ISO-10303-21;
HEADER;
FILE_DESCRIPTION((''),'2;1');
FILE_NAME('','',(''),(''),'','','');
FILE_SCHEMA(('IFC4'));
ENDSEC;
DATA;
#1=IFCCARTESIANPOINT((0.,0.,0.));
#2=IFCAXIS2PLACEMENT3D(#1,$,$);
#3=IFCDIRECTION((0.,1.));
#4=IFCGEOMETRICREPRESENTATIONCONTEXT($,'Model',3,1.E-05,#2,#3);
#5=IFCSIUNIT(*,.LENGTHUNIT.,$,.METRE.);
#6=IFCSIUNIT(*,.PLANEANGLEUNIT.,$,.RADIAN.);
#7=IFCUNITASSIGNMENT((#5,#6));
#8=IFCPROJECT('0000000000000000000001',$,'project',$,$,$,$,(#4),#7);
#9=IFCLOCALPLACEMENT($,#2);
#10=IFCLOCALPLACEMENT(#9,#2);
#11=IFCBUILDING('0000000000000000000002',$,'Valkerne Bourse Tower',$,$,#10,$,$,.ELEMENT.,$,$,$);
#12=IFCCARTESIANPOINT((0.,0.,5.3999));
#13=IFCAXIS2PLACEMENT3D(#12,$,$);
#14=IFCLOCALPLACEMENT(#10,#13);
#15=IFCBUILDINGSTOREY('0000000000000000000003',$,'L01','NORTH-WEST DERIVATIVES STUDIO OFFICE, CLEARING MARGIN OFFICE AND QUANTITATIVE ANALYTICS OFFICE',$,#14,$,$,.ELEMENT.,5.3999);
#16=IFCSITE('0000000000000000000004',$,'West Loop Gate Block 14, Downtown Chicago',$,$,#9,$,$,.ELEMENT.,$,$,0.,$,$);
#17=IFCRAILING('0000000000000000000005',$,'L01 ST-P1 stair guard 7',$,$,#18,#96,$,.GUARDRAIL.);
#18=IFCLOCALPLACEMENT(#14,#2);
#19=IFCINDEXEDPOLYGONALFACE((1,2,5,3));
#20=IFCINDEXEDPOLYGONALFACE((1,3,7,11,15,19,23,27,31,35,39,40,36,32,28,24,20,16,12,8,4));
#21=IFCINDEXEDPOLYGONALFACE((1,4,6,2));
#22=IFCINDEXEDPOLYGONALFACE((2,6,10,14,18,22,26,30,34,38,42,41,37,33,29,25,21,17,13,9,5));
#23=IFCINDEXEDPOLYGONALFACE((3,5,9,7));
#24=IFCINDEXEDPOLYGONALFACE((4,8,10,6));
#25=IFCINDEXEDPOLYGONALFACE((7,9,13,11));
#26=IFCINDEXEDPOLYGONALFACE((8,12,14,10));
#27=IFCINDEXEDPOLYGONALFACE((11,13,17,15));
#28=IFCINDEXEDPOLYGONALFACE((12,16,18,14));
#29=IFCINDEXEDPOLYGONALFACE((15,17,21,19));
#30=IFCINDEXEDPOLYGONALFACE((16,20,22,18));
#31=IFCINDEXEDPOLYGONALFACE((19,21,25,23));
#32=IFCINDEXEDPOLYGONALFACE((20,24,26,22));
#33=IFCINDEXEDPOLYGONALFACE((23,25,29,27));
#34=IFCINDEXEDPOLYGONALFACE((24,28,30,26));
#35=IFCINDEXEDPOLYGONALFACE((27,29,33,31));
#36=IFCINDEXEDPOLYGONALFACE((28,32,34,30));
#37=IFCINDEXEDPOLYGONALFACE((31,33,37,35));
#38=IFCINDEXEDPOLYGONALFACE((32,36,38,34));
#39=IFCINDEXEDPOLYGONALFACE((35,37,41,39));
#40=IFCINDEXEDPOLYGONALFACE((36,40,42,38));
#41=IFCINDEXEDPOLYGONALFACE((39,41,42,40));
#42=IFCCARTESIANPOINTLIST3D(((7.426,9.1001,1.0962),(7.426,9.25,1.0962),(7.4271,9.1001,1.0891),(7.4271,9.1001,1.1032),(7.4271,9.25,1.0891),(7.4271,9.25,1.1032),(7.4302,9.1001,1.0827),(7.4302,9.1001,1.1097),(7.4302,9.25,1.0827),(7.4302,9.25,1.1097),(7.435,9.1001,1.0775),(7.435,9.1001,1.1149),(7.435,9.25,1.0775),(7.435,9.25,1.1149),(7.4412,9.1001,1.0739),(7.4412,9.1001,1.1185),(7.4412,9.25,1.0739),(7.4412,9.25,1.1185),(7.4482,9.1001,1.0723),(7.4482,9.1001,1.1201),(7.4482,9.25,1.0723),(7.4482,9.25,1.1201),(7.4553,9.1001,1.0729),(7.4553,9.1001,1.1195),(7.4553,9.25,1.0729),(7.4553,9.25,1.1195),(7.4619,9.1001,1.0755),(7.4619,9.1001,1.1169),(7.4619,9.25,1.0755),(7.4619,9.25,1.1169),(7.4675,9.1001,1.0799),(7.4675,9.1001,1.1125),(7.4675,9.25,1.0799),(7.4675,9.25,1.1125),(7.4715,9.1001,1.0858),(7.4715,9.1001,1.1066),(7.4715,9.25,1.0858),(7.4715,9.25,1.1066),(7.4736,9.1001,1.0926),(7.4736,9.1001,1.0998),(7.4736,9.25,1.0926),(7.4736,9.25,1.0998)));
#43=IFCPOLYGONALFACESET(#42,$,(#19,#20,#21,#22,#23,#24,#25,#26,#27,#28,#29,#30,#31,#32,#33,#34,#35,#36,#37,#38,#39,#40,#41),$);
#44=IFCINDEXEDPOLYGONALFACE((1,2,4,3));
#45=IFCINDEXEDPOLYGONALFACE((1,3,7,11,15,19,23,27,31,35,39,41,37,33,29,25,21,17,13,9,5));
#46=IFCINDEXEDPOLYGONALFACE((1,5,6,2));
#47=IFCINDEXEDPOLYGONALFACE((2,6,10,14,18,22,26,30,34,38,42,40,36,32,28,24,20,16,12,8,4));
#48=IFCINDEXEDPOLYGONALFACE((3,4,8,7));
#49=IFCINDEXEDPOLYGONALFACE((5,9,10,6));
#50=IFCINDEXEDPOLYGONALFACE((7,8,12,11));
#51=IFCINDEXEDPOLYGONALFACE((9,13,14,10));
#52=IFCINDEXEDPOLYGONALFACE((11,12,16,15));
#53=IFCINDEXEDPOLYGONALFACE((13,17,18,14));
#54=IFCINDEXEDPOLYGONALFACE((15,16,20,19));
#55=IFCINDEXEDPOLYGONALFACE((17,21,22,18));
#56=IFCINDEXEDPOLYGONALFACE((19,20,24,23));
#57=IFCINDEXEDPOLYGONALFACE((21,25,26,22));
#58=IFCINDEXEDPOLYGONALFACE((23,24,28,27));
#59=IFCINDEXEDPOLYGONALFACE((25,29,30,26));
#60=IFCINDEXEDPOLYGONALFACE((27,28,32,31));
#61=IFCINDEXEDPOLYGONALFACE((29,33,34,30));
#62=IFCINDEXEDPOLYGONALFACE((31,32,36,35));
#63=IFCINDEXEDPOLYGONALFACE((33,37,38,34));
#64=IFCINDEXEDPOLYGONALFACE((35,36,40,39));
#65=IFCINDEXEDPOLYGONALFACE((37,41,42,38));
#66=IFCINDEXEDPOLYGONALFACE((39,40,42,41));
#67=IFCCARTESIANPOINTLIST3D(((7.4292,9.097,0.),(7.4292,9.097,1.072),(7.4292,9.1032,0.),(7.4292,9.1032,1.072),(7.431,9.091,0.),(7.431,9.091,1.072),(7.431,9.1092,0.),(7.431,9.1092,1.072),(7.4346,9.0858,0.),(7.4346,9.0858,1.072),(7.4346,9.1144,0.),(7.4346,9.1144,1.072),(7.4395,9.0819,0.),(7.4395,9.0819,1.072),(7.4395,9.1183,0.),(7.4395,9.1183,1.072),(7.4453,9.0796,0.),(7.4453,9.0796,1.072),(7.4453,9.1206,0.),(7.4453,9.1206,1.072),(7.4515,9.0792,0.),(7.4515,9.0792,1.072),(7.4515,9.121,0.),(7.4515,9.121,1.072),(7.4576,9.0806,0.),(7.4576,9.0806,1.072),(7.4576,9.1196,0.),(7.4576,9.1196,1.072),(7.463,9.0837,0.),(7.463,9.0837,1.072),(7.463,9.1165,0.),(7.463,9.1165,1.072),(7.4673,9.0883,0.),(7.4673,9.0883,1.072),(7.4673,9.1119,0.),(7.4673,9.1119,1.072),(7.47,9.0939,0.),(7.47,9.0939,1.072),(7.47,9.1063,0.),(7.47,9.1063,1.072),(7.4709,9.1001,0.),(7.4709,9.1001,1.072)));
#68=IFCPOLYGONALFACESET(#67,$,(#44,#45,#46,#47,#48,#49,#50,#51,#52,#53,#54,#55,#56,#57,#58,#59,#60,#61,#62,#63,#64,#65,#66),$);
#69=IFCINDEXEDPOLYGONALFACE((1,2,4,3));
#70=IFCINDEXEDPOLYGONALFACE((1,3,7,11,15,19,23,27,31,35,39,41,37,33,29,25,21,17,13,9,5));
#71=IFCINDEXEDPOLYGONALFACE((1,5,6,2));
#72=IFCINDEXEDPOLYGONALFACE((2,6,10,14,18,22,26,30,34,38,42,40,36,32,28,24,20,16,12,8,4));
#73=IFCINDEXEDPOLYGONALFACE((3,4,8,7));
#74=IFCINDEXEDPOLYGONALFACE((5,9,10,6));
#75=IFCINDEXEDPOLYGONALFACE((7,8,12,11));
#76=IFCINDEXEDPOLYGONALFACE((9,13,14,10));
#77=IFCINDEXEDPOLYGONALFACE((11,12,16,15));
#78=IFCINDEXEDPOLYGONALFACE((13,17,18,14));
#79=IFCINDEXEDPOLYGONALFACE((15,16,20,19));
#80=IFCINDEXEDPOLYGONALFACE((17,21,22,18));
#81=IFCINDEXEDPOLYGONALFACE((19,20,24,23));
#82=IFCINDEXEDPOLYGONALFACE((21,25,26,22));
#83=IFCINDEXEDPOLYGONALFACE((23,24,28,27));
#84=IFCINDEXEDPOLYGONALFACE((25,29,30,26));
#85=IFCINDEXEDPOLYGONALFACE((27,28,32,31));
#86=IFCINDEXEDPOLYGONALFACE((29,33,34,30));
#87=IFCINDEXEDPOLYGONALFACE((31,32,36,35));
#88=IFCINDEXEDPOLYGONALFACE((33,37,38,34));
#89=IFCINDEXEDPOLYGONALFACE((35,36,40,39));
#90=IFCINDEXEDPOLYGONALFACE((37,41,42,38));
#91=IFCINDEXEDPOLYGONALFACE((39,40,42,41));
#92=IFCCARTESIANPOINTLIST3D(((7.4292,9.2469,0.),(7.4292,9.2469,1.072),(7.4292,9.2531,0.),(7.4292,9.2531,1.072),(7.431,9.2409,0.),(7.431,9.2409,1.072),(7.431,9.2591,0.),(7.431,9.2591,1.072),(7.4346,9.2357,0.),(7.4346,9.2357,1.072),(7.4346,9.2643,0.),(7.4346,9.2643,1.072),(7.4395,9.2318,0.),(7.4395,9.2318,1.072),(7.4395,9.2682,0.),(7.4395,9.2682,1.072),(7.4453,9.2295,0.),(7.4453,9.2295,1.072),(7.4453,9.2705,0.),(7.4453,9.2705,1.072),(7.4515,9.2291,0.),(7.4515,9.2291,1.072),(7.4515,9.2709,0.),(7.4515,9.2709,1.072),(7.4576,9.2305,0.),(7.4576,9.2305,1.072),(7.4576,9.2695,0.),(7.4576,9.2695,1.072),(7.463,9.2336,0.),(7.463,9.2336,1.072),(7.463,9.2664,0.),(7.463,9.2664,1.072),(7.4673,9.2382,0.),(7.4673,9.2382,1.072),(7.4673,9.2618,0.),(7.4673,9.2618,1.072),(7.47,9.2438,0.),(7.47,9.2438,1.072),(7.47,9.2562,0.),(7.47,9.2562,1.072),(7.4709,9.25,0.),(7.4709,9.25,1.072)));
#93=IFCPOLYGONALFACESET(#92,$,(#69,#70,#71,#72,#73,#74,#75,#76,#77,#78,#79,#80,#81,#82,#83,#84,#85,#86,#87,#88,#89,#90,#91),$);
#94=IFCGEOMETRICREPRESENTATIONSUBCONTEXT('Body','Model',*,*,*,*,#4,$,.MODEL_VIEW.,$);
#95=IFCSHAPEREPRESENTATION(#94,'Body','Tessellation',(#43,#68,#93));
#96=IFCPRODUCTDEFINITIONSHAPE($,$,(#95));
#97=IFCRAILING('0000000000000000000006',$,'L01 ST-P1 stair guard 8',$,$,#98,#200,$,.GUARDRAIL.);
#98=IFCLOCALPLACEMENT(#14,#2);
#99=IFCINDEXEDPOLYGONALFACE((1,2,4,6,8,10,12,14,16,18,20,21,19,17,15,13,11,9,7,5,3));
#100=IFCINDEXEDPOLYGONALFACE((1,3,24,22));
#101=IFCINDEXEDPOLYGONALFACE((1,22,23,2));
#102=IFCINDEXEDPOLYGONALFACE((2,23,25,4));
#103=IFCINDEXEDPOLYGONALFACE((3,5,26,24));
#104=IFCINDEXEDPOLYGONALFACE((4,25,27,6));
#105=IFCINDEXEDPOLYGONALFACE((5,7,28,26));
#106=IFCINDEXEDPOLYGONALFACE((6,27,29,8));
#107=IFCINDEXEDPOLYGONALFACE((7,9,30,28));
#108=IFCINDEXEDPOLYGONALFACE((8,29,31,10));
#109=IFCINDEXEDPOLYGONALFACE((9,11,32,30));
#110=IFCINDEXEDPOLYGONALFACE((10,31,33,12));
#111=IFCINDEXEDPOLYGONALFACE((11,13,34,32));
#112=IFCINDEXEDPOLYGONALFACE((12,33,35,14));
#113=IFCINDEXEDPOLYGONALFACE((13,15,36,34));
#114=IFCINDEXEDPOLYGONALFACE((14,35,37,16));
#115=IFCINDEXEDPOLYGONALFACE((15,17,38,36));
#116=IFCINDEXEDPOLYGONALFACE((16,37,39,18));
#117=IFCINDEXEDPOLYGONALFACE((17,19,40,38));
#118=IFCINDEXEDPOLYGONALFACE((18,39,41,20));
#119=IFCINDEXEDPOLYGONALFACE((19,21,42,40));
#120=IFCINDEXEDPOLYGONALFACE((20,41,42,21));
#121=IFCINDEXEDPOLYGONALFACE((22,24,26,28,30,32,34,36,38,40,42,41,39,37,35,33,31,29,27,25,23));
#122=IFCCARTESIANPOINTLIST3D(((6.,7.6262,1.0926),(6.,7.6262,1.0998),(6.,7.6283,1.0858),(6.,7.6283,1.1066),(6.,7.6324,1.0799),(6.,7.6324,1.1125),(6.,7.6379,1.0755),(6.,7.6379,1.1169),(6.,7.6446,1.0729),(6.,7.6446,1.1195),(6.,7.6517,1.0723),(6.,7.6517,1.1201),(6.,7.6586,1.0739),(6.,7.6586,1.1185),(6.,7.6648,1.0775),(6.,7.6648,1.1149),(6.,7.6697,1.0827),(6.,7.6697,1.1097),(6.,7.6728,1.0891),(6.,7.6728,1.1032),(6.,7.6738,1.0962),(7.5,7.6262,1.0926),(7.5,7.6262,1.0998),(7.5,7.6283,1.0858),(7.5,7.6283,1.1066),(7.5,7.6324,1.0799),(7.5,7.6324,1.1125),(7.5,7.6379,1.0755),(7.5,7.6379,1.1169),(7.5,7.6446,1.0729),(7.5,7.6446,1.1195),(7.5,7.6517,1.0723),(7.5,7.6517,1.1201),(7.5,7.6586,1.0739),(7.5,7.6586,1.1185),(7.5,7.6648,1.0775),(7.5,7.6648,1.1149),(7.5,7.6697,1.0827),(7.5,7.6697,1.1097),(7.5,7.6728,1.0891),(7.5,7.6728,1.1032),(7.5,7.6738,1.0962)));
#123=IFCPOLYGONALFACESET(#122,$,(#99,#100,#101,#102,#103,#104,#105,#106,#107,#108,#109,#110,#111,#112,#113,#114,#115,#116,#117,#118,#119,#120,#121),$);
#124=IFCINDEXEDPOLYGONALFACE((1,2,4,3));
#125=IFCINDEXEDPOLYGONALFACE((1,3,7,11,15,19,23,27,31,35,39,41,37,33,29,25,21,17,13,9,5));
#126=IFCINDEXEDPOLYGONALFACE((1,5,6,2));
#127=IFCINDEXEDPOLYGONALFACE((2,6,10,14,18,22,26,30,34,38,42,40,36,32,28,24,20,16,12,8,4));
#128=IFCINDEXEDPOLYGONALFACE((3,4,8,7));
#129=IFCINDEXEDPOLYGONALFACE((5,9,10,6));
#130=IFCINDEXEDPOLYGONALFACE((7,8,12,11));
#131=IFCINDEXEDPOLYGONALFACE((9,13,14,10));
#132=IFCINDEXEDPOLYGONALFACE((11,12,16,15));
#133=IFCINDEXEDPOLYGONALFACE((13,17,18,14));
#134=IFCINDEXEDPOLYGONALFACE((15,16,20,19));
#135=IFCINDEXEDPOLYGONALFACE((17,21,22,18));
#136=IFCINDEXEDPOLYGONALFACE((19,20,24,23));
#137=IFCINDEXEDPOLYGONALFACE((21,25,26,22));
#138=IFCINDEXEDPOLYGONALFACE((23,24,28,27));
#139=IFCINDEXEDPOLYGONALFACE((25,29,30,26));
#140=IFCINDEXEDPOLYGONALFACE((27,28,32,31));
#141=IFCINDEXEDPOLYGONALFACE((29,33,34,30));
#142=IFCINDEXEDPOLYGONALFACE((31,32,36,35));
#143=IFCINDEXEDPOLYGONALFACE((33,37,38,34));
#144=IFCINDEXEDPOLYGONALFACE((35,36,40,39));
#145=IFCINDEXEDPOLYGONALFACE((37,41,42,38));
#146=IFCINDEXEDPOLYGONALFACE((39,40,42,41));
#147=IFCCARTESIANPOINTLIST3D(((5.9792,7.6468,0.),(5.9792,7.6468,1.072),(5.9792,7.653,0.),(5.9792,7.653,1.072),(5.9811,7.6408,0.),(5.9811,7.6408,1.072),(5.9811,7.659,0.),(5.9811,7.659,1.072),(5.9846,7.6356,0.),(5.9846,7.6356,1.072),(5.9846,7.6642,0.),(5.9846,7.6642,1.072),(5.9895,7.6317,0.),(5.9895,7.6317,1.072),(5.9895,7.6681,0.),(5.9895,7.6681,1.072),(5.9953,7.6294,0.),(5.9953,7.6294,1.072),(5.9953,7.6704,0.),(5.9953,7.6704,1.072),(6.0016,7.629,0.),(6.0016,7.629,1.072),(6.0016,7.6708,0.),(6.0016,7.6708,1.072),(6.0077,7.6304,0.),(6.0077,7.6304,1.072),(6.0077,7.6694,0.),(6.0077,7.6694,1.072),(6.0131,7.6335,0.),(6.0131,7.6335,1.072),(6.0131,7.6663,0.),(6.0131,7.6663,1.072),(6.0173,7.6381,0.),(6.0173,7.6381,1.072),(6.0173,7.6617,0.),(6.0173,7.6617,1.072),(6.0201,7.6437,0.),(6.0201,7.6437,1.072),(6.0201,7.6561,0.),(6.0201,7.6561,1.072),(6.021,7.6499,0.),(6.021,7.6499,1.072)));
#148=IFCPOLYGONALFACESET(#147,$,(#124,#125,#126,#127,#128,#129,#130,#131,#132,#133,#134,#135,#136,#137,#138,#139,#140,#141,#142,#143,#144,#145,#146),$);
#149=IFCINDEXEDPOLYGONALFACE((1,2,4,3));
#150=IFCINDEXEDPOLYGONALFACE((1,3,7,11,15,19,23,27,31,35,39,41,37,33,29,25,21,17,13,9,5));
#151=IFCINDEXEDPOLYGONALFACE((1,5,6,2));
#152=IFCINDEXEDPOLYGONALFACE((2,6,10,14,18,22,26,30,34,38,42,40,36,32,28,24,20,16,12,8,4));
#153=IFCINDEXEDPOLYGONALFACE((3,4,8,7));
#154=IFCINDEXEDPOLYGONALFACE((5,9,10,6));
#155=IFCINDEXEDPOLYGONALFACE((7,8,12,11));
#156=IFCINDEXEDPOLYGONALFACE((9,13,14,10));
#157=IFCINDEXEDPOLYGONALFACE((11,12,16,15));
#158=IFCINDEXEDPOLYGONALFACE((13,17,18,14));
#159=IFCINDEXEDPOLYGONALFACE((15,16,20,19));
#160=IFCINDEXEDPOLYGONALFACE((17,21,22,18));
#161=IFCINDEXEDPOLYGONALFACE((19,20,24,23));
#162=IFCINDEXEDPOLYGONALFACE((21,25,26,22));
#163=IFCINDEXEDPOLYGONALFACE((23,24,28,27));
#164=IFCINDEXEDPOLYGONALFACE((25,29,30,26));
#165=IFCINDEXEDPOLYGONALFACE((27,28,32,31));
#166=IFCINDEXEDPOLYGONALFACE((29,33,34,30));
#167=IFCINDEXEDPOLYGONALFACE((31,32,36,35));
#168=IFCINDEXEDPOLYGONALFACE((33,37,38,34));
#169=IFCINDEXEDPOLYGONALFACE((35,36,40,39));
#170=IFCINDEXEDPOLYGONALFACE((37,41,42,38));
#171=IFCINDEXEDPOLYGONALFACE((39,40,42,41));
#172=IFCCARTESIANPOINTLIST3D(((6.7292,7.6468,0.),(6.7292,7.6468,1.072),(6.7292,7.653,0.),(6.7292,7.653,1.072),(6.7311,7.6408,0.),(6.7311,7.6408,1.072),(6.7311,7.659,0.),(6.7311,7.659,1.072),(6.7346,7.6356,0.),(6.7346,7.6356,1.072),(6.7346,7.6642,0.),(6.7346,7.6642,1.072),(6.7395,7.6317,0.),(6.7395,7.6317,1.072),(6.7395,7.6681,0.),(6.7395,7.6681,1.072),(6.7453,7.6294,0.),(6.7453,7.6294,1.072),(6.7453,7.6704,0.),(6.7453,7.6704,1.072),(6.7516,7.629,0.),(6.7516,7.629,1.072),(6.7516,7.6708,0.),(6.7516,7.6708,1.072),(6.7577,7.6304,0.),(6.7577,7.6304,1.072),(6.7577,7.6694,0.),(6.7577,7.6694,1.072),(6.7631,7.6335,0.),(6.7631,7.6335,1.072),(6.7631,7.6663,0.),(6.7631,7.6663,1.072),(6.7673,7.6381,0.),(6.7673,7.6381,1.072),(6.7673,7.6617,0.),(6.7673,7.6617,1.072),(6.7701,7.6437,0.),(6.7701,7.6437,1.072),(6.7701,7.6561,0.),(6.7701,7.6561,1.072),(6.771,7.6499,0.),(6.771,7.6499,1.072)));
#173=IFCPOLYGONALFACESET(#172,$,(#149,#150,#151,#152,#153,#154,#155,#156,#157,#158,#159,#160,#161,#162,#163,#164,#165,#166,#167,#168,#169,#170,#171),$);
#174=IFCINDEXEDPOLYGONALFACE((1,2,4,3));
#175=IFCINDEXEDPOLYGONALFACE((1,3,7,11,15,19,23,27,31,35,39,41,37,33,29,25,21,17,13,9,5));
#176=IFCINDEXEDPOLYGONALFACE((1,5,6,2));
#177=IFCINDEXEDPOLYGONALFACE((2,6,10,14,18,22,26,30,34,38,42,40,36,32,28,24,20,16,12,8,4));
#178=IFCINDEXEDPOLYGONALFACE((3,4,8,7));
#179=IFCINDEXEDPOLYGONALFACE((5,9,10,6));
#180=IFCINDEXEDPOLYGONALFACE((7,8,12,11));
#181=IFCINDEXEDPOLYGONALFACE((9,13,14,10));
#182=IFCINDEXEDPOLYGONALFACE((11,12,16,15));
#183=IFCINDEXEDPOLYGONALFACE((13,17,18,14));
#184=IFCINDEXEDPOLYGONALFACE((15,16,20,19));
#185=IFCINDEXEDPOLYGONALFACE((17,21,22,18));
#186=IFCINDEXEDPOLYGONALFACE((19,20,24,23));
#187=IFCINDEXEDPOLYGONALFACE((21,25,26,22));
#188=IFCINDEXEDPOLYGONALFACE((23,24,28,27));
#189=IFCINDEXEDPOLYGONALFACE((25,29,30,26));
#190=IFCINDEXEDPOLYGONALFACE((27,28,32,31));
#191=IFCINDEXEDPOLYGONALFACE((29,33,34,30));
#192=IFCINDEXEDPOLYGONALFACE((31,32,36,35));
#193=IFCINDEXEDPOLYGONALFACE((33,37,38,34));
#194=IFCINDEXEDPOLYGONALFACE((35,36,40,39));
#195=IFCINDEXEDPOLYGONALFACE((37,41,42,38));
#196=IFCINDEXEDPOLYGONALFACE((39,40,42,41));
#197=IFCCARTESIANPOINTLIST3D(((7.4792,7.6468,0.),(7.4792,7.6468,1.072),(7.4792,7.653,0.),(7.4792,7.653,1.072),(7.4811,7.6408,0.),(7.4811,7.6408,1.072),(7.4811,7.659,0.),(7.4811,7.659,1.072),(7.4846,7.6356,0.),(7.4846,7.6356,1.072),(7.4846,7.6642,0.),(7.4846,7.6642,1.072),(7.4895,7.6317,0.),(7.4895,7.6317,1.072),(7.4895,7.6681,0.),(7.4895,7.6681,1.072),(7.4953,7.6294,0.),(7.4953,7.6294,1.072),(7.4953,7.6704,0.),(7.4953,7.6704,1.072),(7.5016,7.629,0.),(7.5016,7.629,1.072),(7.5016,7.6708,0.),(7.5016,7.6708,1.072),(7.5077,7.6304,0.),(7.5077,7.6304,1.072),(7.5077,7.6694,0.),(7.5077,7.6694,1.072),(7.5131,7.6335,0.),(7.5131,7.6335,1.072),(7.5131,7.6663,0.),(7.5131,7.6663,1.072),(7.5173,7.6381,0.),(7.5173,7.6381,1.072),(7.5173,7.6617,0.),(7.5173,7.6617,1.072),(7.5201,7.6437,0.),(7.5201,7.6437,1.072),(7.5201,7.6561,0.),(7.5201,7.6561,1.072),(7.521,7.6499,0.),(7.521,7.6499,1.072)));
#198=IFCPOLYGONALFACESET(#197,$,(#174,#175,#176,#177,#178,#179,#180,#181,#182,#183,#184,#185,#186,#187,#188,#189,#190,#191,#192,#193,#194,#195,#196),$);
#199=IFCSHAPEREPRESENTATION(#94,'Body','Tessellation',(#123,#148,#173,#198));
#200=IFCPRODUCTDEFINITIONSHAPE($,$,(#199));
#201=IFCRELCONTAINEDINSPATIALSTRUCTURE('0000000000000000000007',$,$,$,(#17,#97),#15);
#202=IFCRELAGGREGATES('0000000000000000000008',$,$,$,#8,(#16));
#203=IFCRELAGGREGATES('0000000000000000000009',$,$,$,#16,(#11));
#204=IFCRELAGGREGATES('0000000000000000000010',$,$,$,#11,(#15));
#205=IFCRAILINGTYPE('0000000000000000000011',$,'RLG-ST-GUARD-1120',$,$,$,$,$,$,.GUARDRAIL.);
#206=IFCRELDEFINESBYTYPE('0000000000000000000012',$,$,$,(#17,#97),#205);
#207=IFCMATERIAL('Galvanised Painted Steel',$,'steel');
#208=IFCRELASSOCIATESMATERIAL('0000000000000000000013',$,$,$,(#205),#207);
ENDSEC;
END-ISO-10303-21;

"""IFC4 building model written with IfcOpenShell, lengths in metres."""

from ifc_helpers import new_model, si_unit, direction, frame, origin, origin_2d, place, context, subcontext, project, spatial, circle, extrude, material, type_object, element, save


model = new_model("IFC4")

# Units and contexts
model_context = context("Model", 3, precision=1e-05, world=origin(), true_north=direction((0.0, 1.0)))
body_context = subcontext(model_context, "Body", "Model", "MODEL_VIEW")
ifc_project = project(units=[si_unit("LENGTHUNIT", "METRE"), si_unit("PLANEANGLEUNIT", "RADIAN")], contexts=[model_context])

# Site, building, storey
site_placement = place(None, origin())
site = spatial("IfcSite", under=ifc_project, at=site_placement, Name="West Loop Gate Block 14, Downtown Chicago", CompositionType="ELEMENT", RefElevation=0.0)
building_placement = place(site_placement, origin())
building = spatial("IfcBuilding", under=site, at=building_placement, Name="Valkerne Bourse Tower", CompositionType="ELEMENT")
storey_placement = place(building_placement, frame((0.0, 0.0, 5.3999)))
storey = spatial("IfcBuildingStorey", under=building, at=storey_placement, Name="L01", Description="NORTH-WEST DERIVATIVES STUDIO OFFICE, CLEARING MARGIN OFFICE AND QUANTITATIVE ANALYTICS OFFICE", CompositionType="ELEMENT", Elevation=5.3999)

# Railings
ifc_material_1 = material(Name="Galvanised Painted Steel", Category="steel")
railing_type_1 = type_object("IfcRailingType", Name="RLG-ST-GUARD-1120", PredefinedType="GUARDRAIL", material=ifc_material_1)
railing_1_placement = place(storey_placement, frame((7.45, 9.1001, 0.0)))
element("IfcRailing", 1, at=railing_1_placement, inside=storey, type_object=railing_type_1, Name="L01 ST-P1 stair guard 7", PredefinedType="GUARDRAIL", context=body_context, shape_type="SweptSolid", body=[
    extrude(circle(Radius=0.0239, at=origin_2d()), frame((0.0, 0.0, 1.0962), z_axis=(0.0, 1.0, 0.0), x_axis=(-1.0, 0.0, 0.0)), (0.0, 0.0, 1.0), 0.1499),
    extrude(circle(Radius=0.021, at=origin_2d()), origin(), (0.0, 0.0, 1.0), 1.072),
    extrude(circle(Radius=0.021, at=origin_2d()), frame((0.0, 0.1499, 0.0)), (0.0, 0.0, 1.0), 1.072),
])
railing_2_placement = place(storey_placement, frame((6.0, 7.6499, 0.0)))
element("IfcRailing", 2, at=railing_2_placement, inside=storey, type_object=railing_type_1, Name="L01 ST-P1 stair guard 8", PredefinedType="GUARDRAIL", context=body_context, shape_type="SweptSolid", body=[
    extrude(circle(Radius=0.0239, at=origin_2d()), frame((0.0, 0.0, 1.0962), z_axis=(1.0, 0.0, 0.0), x_axis=(0.0, 1.0, 0.0)), (0.0, 0.0, 1.0), 1.5),
    extrude(circle(Radius=0.021, at=origin_2d()), origin(), (0.0, 0.0, 1.0), 1.072),
    extrude(circle(Radius=0.021, at=origin_2d()), frame((0.75, 0.0, 0.0)), (0.0, 0.0, 1.0), 1.072),
    extrude(circle(Radius=0.021, at=origin_2d()), frame((1.5, 0.0, 0.0)), (0.0, 0.0, 1.0), 1.072),
])

save(model, "model.ifc")
